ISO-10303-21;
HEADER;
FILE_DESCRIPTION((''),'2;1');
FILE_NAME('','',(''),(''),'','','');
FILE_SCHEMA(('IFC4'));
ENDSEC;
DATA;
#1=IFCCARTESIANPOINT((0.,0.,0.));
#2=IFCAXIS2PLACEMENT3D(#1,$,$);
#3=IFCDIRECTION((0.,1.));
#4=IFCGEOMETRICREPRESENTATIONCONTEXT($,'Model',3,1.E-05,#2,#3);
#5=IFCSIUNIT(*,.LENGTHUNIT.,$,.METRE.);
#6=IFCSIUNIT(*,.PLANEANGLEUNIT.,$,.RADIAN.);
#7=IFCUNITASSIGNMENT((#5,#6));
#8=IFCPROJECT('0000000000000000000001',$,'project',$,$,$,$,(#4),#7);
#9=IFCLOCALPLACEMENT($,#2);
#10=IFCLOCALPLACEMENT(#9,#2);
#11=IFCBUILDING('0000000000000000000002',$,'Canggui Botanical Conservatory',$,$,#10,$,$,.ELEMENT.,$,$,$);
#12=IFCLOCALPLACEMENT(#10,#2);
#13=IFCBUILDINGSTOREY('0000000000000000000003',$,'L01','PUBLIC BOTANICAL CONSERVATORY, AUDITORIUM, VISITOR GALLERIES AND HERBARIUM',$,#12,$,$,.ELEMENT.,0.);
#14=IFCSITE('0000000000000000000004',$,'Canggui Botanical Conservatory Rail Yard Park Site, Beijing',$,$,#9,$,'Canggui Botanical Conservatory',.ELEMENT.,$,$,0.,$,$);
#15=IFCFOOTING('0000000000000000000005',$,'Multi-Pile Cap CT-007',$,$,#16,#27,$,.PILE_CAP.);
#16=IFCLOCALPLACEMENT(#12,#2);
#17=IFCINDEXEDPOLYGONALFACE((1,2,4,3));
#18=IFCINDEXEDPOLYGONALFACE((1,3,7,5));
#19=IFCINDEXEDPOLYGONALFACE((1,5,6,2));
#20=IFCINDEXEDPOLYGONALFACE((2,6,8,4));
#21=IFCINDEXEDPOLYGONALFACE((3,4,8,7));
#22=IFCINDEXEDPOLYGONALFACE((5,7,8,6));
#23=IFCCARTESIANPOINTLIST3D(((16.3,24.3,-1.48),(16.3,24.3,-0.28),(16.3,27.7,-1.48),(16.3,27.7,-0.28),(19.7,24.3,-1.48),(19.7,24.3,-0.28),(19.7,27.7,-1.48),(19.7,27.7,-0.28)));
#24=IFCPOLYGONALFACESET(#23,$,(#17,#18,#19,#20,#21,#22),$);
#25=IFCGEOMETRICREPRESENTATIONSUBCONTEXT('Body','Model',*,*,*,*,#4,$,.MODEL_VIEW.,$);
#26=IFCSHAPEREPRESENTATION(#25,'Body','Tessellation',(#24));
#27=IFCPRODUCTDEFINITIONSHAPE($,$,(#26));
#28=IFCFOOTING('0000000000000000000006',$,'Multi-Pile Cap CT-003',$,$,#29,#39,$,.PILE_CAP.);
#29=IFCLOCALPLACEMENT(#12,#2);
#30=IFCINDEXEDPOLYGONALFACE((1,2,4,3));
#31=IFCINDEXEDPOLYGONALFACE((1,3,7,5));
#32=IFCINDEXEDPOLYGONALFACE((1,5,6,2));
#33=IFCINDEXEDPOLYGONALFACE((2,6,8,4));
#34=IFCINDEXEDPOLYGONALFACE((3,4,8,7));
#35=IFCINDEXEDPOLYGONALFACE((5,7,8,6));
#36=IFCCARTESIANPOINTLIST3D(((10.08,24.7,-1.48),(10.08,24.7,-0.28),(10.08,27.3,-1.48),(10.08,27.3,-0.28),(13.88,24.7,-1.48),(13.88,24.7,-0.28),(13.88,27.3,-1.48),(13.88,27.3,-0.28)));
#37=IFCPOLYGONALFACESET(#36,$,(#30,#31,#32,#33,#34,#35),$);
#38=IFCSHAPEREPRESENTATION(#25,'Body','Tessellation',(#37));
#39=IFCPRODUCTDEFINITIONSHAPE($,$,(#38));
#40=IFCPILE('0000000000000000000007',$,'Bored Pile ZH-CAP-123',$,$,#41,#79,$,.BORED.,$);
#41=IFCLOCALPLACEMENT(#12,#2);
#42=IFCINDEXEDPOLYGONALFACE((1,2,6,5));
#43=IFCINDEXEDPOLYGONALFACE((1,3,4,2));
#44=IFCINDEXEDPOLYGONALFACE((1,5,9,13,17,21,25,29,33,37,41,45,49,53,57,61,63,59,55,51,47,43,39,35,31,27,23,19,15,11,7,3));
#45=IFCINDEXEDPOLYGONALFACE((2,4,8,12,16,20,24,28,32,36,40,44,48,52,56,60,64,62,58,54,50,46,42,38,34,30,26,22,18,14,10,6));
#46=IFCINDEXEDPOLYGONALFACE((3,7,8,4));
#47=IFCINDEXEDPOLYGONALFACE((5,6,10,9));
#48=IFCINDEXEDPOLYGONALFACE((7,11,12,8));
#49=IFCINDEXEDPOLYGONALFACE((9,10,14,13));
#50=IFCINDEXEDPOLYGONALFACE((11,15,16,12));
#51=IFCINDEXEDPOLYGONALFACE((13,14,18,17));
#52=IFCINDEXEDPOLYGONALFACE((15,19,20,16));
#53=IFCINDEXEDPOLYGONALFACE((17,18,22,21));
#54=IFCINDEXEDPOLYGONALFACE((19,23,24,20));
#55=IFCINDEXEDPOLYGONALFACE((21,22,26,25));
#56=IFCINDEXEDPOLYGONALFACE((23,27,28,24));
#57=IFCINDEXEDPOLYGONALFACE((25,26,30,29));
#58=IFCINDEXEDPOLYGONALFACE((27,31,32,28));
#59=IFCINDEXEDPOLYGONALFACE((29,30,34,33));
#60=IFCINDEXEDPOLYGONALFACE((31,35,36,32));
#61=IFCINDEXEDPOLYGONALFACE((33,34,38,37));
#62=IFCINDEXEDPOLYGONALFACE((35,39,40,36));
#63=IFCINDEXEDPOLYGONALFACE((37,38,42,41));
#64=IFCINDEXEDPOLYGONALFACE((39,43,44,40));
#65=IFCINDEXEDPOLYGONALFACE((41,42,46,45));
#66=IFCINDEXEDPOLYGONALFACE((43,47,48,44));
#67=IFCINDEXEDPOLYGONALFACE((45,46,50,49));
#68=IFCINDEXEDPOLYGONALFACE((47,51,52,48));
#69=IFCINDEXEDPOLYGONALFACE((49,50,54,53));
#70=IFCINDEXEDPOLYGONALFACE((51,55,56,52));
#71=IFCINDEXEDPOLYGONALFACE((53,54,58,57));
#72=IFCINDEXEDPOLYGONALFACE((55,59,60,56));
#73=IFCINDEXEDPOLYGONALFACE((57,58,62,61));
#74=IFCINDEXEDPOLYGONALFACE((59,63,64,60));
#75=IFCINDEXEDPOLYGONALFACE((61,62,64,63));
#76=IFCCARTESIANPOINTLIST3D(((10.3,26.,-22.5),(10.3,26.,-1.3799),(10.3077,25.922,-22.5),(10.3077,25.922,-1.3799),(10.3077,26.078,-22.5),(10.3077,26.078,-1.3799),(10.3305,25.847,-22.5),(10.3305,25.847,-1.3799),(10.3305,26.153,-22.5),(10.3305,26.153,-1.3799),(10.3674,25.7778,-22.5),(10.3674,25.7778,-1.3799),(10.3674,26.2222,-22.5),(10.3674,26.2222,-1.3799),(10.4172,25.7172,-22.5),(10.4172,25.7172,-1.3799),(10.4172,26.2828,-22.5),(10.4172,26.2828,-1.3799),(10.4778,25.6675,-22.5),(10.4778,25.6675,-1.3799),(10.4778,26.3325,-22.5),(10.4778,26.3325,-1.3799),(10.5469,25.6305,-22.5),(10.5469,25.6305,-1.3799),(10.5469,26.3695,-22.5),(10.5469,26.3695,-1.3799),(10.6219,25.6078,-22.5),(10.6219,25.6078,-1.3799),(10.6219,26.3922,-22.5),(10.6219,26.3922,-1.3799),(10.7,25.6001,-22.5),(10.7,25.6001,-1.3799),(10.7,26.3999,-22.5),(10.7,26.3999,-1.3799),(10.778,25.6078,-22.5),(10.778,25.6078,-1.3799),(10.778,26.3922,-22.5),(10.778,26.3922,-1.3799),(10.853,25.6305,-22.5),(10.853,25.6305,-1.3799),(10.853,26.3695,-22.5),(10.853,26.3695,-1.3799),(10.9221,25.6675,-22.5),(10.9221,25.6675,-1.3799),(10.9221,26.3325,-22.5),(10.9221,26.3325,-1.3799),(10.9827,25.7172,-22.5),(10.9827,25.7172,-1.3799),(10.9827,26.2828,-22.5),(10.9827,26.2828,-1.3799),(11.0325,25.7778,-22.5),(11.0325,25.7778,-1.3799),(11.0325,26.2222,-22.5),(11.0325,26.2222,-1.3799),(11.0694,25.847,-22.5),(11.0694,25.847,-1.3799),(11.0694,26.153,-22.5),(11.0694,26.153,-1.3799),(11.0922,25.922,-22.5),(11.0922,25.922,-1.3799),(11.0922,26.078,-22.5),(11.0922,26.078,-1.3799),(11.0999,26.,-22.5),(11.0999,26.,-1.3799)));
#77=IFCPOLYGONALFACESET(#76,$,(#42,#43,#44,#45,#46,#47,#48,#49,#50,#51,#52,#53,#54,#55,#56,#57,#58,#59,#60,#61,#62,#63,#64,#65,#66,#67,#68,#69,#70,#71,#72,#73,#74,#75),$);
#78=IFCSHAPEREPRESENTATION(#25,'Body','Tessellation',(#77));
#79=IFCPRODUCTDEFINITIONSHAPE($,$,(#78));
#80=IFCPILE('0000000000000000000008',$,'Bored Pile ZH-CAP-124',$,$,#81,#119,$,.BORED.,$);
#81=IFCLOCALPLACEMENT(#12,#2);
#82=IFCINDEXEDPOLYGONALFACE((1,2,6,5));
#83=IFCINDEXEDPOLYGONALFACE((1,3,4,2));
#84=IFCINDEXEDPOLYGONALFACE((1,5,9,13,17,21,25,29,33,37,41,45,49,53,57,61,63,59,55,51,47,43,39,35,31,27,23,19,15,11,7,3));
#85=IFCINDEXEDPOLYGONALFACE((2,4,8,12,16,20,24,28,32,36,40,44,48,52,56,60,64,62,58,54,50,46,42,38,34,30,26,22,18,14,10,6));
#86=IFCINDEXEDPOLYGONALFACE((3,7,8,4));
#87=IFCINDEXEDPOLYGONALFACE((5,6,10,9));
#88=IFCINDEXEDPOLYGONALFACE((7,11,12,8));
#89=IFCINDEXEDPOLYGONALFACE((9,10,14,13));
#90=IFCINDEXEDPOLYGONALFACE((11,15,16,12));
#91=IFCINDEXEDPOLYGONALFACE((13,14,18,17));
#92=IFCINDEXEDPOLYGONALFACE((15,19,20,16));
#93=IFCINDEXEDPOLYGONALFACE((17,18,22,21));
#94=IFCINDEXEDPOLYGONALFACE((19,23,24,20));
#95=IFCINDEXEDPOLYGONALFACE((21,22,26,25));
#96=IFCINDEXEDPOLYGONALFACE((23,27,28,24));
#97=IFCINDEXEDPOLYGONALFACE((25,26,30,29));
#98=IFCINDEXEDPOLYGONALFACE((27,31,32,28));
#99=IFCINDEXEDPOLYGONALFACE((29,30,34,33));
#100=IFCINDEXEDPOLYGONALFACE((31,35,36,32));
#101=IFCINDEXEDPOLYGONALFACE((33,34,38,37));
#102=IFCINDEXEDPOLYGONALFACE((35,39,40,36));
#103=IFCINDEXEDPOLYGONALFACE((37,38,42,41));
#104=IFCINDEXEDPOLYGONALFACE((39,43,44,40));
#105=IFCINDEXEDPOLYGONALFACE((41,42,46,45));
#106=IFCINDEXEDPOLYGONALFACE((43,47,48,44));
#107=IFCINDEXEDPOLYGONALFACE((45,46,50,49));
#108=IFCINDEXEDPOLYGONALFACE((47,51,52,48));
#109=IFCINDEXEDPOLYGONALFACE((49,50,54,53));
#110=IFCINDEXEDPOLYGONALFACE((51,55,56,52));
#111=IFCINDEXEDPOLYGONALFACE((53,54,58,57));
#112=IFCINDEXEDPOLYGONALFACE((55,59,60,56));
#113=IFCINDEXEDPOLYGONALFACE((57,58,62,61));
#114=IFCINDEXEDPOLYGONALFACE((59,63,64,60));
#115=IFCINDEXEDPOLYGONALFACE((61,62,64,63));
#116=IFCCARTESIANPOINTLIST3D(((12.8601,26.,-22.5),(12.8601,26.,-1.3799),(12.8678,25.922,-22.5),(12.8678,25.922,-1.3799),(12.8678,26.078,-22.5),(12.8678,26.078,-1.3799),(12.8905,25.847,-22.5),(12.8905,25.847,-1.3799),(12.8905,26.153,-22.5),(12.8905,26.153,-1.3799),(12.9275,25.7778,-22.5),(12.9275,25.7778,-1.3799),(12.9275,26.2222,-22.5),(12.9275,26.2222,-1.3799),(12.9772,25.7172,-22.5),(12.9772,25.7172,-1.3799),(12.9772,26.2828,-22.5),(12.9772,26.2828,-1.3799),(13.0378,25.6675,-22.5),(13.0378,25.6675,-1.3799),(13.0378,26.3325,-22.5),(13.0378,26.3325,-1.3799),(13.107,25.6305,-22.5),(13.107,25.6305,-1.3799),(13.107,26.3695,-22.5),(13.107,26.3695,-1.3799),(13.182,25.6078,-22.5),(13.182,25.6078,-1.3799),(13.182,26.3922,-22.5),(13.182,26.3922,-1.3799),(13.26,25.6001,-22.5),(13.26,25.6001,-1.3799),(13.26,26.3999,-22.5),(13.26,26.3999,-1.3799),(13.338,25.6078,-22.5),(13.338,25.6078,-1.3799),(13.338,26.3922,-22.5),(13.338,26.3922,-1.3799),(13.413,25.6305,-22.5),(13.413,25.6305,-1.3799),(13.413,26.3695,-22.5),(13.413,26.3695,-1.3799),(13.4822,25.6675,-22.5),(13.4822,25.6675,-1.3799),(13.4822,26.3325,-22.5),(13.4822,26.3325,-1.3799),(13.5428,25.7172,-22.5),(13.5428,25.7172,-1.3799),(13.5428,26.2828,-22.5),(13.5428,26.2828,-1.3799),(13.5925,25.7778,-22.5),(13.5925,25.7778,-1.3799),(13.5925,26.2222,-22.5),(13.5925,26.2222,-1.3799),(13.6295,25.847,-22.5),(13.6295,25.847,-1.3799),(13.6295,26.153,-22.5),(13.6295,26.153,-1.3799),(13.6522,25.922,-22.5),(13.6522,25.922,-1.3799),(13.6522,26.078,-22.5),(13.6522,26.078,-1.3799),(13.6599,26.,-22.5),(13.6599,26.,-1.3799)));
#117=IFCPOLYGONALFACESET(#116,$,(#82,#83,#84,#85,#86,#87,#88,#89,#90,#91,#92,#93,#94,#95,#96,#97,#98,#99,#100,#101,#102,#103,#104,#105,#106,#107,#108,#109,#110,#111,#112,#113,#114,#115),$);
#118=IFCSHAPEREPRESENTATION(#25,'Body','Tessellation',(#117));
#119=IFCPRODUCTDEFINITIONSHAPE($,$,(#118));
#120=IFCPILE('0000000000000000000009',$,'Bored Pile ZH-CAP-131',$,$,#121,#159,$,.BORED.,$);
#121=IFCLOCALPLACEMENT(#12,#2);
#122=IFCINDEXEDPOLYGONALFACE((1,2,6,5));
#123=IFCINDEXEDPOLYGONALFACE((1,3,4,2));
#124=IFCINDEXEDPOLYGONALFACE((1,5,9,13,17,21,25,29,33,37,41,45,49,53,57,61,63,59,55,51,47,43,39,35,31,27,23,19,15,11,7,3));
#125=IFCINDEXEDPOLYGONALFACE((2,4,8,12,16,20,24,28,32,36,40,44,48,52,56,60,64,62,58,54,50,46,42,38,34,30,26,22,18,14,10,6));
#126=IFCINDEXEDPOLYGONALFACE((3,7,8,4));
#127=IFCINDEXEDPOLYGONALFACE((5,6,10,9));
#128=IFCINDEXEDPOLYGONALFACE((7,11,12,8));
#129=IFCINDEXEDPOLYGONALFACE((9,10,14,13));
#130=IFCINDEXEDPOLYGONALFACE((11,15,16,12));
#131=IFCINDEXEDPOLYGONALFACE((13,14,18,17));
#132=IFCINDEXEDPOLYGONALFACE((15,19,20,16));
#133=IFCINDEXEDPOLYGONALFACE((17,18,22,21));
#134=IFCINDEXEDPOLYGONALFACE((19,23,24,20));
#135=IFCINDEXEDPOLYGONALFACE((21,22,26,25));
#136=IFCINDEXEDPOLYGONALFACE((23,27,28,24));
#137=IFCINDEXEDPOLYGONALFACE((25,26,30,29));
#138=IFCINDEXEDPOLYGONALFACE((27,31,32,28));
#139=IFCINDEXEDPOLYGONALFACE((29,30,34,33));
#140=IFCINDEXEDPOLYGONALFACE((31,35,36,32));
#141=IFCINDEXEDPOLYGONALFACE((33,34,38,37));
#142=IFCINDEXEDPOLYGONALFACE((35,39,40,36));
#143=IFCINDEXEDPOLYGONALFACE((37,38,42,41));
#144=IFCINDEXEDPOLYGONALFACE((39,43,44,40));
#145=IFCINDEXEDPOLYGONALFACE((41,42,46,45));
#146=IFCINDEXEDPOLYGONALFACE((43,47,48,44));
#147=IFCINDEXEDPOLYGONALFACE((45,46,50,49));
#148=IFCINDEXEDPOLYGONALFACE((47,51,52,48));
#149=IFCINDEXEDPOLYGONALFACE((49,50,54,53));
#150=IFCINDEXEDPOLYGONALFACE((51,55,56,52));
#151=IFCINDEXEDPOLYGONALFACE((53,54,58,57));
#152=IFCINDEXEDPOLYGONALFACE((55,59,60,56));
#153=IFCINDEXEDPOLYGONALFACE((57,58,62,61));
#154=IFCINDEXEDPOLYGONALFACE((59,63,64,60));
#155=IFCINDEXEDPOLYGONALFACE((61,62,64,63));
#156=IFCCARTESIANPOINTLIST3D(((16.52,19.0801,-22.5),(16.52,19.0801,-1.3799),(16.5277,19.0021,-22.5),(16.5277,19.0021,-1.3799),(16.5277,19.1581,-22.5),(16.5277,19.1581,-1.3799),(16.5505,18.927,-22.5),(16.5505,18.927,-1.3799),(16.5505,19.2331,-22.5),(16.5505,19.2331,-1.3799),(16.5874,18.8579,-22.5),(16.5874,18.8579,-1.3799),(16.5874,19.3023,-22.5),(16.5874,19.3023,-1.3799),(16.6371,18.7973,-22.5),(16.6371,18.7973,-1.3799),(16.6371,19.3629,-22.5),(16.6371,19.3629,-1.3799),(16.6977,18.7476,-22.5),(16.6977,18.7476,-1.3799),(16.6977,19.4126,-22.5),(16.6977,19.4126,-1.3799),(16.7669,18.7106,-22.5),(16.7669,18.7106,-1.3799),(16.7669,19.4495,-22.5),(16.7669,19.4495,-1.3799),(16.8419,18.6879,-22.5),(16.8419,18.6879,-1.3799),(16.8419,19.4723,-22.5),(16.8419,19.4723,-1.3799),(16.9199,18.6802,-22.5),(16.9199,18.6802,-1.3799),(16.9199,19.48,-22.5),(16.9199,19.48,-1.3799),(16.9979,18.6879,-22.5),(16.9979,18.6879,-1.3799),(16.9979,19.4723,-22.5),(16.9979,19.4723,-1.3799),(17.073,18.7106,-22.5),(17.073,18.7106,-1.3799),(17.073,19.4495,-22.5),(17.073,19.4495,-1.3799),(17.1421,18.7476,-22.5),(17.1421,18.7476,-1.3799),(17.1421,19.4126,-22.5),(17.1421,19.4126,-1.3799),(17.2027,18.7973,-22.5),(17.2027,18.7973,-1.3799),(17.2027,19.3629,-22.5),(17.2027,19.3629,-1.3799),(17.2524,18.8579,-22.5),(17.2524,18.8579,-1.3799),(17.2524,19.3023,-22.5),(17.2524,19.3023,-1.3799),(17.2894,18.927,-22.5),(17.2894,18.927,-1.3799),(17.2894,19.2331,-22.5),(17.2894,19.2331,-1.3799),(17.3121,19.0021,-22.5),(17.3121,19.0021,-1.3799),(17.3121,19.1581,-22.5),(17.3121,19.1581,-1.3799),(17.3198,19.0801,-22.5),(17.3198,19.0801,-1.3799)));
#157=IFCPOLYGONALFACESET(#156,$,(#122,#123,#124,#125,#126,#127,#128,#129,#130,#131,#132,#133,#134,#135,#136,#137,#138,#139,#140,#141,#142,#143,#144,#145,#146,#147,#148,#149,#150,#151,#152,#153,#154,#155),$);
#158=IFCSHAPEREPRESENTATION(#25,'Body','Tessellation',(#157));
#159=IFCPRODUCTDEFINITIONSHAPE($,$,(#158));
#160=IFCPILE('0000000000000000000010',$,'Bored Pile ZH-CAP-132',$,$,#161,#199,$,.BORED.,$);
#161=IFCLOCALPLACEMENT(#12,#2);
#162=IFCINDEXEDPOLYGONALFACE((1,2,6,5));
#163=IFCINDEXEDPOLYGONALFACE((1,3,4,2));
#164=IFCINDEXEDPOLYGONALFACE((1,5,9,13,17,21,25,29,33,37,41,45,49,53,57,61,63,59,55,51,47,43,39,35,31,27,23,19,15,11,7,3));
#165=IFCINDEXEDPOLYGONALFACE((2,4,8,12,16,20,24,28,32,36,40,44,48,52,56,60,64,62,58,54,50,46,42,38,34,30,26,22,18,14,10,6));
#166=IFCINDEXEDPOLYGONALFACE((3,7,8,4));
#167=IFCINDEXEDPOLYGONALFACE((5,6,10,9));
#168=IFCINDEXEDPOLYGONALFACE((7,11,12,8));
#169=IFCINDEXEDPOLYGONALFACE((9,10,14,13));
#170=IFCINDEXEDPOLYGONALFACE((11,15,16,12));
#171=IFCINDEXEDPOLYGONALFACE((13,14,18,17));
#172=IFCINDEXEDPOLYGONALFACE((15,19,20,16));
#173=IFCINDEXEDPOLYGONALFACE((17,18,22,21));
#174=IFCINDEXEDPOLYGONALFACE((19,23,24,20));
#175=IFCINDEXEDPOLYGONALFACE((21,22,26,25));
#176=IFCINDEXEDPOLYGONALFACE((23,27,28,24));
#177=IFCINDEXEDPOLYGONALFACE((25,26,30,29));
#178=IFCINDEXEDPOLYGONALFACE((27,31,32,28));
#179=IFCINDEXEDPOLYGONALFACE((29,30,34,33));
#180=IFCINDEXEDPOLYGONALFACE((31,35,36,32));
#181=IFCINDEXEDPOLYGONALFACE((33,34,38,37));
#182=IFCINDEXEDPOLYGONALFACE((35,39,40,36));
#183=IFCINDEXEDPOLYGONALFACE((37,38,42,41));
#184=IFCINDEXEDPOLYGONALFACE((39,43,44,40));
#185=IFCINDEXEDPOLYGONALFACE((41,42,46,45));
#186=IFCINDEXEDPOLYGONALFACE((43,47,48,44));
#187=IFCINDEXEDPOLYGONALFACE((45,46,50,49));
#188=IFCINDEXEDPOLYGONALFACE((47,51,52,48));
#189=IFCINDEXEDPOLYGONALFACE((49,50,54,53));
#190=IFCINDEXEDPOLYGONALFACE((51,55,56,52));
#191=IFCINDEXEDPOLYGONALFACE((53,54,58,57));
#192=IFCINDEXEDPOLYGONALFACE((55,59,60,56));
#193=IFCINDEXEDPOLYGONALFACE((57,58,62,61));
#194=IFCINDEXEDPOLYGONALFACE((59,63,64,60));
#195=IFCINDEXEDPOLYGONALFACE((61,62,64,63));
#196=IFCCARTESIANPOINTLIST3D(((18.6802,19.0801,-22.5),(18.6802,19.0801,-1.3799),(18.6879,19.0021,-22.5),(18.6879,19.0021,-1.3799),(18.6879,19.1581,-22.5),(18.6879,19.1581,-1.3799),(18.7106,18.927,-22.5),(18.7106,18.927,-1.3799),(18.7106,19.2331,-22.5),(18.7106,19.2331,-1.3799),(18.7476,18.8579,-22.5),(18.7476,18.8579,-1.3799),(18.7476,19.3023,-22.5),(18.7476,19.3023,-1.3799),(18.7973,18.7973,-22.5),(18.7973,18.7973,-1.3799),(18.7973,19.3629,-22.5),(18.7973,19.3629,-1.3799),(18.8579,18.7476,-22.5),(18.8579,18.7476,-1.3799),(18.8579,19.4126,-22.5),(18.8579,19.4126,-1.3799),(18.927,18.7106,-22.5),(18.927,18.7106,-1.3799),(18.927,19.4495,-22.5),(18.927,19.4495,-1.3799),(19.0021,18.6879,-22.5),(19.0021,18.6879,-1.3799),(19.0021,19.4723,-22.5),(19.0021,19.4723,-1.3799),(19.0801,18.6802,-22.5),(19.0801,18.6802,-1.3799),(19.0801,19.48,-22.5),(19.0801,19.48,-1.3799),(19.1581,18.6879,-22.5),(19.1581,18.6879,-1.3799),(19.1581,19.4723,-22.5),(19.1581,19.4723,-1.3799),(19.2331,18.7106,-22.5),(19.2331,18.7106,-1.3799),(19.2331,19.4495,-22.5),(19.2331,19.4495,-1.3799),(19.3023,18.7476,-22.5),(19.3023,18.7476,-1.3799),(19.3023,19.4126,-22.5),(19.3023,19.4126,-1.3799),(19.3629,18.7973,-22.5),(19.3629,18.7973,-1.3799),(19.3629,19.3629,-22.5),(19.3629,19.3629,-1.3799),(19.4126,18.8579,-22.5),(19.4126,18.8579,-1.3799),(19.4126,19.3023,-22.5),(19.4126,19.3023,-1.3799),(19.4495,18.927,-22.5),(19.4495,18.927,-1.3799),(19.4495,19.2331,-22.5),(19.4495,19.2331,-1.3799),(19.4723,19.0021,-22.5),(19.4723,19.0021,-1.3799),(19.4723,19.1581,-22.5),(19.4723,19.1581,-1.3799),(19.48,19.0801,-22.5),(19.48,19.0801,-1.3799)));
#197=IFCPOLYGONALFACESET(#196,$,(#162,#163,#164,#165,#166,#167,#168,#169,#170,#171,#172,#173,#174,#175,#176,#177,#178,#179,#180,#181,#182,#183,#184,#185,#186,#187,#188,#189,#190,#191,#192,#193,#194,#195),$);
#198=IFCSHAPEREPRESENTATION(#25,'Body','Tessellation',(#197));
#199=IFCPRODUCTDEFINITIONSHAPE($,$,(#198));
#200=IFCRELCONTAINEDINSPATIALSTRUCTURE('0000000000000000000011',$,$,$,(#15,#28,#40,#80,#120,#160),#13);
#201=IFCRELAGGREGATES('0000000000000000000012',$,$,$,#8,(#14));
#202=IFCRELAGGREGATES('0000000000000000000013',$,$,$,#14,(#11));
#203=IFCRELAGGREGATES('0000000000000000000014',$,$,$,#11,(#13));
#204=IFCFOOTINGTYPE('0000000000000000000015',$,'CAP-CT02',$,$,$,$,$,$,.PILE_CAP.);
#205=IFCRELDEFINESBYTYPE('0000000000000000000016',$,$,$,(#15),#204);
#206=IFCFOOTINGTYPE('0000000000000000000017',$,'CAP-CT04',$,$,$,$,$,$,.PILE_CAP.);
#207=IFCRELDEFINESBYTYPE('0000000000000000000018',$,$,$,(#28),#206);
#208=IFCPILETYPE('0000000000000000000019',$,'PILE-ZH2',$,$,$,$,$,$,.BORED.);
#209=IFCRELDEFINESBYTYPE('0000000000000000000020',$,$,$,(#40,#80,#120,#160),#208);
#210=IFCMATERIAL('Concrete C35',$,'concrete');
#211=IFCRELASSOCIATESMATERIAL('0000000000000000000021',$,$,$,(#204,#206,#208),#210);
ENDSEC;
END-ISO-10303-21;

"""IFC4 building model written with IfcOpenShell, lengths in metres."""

from ifc_helpers import new_model, si_unit, direction, frame, origin, origin_2d, place, context, subcontext, project, spatial, rectangle, circle, extrude, material, material_profile, profile_set, type_object, element, save


model = new_model("IFC4")

# Units and contexts
model_context = context("Model", 3, precision=1e-05, world=origin(), true_north=direction((0.0, 1.0)))
body_context = subcontext(model_context, "Body", "Model", "MODEL_VIEW")
ifc_project = project(units=[si_unit("LENGTHUNIT", "METRE"), si_unit("PLANEANGLEUNIT", "RADIAN")], contexts=[model_context])

# Site, building, storey
site_placement = place(None, origin())
site = spatial("IfcSite", under=ifc_project, at=site_placement, Name="Canggui Botanical Conservatory Rail Yard Park Site, Beijing", LongName="Canggui Botanical Conservatory", CompositionType="ELEMENT", RefElevation=0.0)
building_placement = place(site_placement, origin())
building = spatial("IfcBuilding", under=site, at=building_placement, Name="Canggui Botanical Conservatory", CompositionType="ELEMENT")
storey_placement = place(building_placement, origin())
storey = spatial("IfcBuildingStorey", under=building, at=storey_placement, Name="L01", Description="PUBLIC BOTANICAL CONSERVATORY, AUDITORIUM, VISITOR GALLERIES AND HERBARIUM", CompositionType="ELEMENT", Elevation=0.0)

# Footings
ifc_material_1 = material(Name="Concrete C35", Category="concrete")
footing_type_1 = type_object("IfcFootingType", Name="CAP-CT02", PredefinedType="PILE_CAP", material=ifc_material_1)
footing_1_placement = place(storey_placement, frame((18.0, 26.0, -1.48), z_axis=(0.0, 0.0, 1.0), x_axis=(1.0, 0.0, 0.0)))
element("IfcFooting", 1, at=footing_1_placement, inside=storey, type_object=footing_type_1, Name="Multi-Pile Cap CT-007", PredefinedType="PILE_CAP", context=body_context, shape_type="SweptSolid", body=[
    extrude(rectangle(XDim=3.3999, YDim=3.3999, at=origin_2d()), origin(), (0.0, 0.0, 1.0), 1.2),
])
footing_type_2 = type_object("IfcFootingType", Name="CAP-CT04", PredefinedType="PILE_CAP", material=ifc_material_1)
footing_2_placement = place(storey_placement, frame((11.98, 26.0, -1.48), z_axis=(0.0, 0.0, 1.0), x_axis=(1.0, 0.0, 0.0)))
element("IfcFooting", 2, at=footing_2_placement, inside=storey, type_object=footing_type_2, Name="Multi-Pile Cap CT-003", PredefinedType="PILE_CAP", context=body_context, shape_type="SweptSolid", body=[
    extrude(rectangle(XDim=3.8, YDim=2.6001, at=origin_2d()), origin(), (0.0, 0.0, 1.0), 1.2),
])

# Piles
ifc_material_profile_1 = material_profile(ifc_material_1, circle(Radius=0.3999, at=origin_2d()), Name="PILE D800")
ifc_profile_set_1 = profile_set([ifc_material_profile_1], Name="Concrete C35")
pile_type = type_object("IfcPileType", Name="PILE-ZH2", PredefinedType="BORED", material=ifc_profile_set_1)
for number, where, z_axis, x_axis, name in (
    (3, (10.7, 26.0, -1.3799), (0.0, 0.0, -1.0), (1.0, 0.0, 0.0), "Bored Pile ZH-CAP-123"),
    (4, (13.26, 26.0, -1.3799), (0.0, 0.0, -1.0), (1.0, 0.0, 0.0), "Bored Pile ZH-CAP-124"),
    (5, (16.9199, 19.0801, -1.3799), (0.0, 0.0, -1.0), (1.0, 0.0, 0.0), "Bored Pile ZH-CAP-131"),
    (6, (19.0801, 19.0801, -1.3799), (0.0, 0.0, -1.0), (1.0, 0.0, 0.0), "Bored Pile ZH-CAP-132"),
):
    element("IfcPile", number, at=place(storey_placement, frame(where, z_axis=z_axis, x_axis=x_axis)), inside=storey, type_object=pile_type, Name=name, PredefinedType="BORED", context=body_context, shape_type="SweptSolid", body=[
        extrude(circle(Radius=0.3999, at=origin_2d()), origin(), (0.0, 0.0, 1.0), 21.1201),
    ])

save(model, "model.ifc")
